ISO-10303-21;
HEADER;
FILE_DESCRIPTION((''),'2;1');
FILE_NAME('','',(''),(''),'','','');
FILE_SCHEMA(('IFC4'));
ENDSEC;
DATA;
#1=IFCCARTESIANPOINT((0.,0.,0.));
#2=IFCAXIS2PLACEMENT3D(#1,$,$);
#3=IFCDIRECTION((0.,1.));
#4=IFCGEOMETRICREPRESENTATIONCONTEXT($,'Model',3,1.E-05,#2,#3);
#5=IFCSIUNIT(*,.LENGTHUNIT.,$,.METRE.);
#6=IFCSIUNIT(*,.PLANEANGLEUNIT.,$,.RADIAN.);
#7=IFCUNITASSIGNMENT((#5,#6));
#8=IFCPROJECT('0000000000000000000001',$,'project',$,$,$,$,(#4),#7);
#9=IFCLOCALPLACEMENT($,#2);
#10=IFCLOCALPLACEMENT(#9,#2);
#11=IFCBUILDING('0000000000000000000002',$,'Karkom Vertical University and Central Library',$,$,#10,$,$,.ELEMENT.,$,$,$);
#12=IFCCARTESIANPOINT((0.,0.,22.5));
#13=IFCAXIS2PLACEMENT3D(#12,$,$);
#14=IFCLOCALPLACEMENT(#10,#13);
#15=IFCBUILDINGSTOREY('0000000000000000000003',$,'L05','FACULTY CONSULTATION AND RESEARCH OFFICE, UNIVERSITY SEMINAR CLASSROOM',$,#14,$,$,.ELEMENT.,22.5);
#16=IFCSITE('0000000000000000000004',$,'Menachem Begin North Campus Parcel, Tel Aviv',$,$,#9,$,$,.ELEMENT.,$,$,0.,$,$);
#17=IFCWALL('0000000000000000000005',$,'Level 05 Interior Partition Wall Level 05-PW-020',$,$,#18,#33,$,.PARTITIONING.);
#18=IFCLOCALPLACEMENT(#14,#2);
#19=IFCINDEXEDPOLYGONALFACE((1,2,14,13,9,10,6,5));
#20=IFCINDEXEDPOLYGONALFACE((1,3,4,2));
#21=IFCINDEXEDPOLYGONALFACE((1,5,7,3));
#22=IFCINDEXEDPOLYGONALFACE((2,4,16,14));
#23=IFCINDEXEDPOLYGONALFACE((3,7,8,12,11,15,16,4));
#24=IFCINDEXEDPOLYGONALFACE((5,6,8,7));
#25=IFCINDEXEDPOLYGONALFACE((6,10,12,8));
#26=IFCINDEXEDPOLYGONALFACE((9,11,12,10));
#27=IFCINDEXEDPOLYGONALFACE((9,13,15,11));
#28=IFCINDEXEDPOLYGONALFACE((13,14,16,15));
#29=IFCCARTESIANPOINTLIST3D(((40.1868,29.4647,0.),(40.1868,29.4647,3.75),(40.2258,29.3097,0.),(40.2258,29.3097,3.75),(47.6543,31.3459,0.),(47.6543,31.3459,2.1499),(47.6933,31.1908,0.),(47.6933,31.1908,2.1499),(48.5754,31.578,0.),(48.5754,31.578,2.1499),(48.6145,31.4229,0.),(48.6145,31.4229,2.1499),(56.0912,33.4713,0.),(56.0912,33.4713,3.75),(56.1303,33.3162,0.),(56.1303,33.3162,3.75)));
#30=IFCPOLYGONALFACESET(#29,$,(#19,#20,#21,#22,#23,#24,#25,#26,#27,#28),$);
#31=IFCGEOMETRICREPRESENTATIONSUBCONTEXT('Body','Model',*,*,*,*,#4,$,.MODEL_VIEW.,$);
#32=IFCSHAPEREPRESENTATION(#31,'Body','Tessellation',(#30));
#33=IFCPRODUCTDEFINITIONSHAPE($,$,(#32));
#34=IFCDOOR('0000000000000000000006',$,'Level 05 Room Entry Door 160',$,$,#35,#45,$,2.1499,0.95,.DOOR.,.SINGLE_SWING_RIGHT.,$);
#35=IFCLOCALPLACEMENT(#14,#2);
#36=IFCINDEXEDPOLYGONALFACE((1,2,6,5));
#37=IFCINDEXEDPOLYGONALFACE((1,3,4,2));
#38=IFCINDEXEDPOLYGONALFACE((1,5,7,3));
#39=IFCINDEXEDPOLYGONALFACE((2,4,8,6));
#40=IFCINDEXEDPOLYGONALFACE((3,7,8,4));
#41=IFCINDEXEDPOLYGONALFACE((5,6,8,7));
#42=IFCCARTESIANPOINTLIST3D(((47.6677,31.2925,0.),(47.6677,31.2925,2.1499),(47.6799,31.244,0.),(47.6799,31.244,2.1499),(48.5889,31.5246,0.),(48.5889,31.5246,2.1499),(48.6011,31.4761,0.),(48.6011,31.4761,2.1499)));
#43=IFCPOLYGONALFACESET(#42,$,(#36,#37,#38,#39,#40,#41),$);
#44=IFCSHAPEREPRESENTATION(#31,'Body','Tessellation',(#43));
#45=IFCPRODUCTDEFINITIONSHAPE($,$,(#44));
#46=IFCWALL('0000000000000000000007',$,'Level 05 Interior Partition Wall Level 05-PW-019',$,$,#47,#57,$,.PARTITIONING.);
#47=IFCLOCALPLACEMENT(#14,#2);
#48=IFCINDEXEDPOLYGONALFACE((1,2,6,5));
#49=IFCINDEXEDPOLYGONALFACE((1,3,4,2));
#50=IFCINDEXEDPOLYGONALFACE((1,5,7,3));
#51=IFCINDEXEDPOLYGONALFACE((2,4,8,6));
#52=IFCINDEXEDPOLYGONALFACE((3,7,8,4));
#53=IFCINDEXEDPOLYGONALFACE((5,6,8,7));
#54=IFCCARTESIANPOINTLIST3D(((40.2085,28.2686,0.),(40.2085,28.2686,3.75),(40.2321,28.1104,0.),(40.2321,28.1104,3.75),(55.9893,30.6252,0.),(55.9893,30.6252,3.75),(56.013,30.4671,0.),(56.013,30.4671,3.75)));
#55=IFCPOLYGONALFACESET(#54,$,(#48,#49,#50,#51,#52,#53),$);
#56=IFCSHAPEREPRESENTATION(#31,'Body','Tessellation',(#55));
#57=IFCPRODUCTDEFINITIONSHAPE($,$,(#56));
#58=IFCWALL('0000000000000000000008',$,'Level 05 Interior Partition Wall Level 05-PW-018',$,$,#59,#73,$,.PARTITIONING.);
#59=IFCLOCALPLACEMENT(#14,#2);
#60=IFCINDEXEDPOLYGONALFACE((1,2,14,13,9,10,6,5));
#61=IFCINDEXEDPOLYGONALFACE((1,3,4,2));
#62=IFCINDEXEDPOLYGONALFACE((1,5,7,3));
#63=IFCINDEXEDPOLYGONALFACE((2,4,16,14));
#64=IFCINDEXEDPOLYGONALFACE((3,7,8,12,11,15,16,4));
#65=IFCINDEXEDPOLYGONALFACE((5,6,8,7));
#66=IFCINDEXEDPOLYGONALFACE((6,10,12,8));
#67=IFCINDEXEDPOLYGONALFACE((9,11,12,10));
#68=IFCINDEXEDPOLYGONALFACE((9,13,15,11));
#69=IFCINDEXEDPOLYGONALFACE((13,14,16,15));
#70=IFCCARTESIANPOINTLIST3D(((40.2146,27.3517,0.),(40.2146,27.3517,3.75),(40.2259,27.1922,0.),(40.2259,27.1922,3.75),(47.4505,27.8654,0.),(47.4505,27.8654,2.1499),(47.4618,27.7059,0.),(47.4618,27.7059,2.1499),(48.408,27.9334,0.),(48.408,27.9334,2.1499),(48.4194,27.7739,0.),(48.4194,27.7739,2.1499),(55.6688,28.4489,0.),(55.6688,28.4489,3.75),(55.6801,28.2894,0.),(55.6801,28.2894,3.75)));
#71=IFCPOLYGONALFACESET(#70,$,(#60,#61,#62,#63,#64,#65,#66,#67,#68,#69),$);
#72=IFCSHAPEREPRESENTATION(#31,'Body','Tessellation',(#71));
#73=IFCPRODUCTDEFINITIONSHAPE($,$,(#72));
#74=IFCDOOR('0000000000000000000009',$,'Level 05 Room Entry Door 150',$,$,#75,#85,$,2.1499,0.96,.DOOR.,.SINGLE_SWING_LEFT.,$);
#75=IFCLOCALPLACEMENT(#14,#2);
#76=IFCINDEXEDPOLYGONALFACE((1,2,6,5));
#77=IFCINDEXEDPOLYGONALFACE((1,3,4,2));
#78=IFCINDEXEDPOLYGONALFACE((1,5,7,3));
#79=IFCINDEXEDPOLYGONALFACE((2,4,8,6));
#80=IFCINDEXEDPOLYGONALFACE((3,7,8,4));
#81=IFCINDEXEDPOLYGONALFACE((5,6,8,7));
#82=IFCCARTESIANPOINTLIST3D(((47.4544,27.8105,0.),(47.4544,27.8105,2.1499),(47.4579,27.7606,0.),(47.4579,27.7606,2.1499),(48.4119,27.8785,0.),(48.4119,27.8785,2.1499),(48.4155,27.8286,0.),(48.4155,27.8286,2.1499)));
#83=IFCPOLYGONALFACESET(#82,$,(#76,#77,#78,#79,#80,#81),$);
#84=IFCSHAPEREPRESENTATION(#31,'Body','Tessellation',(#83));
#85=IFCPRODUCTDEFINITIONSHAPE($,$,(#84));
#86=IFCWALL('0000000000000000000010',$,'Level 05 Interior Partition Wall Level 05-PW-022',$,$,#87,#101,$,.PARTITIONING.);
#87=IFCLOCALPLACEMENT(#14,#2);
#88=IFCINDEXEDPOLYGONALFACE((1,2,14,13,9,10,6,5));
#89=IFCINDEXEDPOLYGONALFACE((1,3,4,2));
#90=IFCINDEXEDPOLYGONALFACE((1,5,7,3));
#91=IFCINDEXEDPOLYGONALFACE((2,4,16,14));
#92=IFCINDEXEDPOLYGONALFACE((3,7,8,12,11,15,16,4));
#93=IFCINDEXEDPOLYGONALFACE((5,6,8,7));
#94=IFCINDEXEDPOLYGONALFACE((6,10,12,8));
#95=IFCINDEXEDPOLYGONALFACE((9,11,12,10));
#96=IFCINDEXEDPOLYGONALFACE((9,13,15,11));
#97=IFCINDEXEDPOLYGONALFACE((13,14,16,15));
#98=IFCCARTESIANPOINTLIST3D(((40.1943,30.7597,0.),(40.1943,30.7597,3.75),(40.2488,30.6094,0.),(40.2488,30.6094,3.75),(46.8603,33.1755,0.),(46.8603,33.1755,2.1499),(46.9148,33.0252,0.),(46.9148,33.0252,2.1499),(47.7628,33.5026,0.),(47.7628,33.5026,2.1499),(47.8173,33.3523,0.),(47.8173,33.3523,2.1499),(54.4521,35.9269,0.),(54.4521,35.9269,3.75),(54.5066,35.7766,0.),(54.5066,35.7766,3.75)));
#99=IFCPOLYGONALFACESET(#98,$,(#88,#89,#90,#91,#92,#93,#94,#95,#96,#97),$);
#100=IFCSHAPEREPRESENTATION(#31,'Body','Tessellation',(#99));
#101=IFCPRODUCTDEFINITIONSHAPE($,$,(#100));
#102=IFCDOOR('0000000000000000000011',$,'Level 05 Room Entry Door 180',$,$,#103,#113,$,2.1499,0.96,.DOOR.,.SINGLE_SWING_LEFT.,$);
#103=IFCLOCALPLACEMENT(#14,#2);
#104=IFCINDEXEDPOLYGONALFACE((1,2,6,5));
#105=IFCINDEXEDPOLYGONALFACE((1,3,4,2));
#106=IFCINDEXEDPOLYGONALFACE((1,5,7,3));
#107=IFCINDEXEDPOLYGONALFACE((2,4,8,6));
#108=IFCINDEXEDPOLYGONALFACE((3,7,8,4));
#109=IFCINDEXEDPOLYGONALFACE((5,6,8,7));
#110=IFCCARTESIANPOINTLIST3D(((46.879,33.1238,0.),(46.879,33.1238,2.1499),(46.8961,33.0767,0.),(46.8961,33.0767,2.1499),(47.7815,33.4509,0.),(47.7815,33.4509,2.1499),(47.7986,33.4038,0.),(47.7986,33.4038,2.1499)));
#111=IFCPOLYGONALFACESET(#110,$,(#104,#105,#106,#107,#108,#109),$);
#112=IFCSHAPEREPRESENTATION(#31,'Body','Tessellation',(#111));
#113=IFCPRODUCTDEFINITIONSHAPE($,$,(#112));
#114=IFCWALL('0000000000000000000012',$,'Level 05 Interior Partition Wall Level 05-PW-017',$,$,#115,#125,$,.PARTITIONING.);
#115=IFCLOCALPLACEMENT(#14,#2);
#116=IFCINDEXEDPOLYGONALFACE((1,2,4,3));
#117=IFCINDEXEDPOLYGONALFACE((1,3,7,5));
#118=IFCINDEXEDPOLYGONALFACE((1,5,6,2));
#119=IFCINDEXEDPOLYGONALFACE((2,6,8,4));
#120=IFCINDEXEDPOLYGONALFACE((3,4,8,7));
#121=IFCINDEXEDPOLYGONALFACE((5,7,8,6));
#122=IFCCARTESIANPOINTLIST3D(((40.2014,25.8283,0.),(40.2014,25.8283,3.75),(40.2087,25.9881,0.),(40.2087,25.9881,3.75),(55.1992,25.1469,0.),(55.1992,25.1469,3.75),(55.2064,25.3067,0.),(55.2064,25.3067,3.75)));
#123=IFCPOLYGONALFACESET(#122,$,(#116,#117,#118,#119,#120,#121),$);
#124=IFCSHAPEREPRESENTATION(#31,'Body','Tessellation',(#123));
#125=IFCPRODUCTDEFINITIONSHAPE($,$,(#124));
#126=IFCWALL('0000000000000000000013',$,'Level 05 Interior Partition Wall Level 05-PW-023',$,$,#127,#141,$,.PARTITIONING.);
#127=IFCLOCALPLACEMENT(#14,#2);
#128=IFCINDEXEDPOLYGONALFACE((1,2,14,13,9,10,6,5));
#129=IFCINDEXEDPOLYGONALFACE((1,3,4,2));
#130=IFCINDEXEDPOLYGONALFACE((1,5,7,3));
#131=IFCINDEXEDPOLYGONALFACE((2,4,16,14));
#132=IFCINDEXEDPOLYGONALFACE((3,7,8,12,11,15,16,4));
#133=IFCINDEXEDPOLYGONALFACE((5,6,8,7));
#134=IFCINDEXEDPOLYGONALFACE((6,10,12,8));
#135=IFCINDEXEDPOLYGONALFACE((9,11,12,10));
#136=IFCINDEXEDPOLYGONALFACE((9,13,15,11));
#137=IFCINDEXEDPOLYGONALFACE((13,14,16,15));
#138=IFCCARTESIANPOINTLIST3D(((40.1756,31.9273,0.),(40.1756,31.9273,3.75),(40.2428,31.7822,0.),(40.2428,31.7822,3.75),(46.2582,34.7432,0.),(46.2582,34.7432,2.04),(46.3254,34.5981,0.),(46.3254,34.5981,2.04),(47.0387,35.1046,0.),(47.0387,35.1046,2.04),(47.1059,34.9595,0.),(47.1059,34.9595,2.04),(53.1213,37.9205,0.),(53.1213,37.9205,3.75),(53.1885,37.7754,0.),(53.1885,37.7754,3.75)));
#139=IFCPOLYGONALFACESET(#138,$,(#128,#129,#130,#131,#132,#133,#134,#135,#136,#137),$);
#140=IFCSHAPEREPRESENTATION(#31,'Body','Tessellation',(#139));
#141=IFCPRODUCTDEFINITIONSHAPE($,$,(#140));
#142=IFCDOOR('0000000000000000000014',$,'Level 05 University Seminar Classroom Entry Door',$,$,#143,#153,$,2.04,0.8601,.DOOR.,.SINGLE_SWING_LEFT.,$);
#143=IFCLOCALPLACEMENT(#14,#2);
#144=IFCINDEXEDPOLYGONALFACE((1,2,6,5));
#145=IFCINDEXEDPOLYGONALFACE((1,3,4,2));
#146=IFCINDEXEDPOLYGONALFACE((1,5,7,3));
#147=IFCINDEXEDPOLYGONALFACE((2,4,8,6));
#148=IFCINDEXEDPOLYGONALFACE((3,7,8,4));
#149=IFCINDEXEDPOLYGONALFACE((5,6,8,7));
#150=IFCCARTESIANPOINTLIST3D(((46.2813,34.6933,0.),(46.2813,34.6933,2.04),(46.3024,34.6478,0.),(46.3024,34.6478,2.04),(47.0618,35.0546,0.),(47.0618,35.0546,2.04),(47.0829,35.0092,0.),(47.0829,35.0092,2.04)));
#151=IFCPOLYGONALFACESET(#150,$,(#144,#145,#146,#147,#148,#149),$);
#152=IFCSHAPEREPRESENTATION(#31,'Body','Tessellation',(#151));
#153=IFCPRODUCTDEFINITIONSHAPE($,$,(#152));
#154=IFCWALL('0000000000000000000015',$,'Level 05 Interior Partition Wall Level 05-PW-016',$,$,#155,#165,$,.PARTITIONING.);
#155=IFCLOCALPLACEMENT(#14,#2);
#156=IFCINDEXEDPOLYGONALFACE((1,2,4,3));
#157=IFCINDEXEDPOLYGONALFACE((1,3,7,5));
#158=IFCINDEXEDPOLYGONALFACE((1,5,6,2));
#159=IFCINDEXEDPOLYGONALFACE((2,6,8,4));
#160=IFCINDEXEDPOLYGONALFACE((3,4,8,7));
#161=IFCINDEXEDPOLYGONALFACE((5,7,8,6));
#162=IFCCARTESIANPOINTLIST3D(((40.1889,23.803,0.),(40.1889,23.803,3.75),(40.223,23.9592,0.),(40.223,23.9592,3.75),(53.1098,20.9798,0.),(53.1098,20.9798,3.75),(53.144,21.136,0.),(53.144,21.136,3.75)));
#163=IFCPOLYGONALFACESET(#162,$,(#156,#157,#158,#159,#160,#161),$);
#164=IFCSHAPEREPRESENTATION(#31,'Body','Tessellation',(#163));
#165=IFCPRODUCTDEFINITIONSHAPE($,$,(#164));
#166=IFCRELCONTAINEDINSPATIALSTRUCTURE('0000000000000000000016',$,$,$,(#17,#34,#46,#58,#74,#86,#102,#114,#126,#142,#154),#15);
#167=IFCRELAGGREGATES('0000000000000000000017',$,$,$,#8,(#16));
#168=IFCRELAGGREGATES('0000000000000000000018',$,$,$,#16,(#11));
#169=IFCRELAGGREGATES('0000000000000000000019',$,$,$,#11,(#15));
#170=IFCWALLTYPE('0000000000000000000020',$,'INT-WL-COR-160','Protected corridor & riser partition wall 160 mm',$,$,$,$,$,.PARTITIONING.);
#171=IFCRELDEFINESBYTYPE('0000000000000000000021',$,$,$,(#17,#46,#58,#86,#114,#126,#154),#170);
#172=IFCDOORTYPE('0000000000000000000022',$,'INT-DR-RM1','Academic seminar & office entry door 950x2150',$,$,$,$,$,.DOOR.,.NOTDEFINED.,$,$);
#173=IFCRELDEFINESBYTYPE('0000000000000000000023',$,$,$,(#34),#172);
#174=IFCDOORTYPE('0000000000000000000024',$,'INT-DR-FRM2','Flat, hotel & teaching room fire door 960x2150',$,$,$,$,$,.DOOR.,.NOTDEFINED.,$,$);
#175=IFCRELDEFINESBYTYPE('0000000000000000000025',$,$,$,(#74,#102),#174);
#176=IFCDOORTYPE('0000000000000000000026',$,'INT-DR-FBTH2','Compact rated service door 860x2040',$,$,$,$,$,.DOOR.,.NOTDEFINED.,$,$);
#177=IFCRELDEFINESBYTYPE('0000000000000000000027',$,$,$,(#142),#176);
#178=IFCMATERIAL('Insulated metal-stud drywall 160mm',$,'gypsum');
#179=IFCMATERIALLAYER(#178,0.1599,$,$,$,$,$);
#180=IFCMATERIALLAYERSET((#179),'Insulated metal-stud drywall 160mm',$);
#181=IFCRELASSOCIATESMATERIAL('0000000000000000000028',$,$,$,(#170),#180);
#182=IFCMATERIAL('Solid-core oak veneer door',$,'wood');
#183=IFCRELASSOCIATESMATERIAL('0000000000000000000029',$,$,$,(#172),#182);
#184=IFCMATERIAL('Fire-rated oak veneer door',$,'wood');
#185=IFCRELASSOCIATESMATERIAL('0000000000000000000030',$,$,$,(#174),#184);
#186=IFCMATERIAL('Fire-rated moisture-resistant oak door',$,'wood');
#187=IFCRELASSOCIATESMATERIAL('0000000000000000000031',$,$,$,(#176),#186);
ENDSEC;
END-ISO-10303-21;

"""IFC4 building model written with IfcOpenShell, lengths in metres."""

from ifc_helpers import new_model, si_unit, direction, frame, frame_2d, origin, origin_with_axes, place, context, subcontext, project, spatial, rectangle, extrude, source, transform, mapped, material, layer, layer_set, type_object, element, fill, save


model = new_model("IFC4")

# Units and contexts
model_context = context("Model", 3, precision=1e-05, world=origin(), true_north=direction((0.0, 1.0)))
body_context = subcontext(model_context, "Body", "Model", "MODEL_VIEW")
ifc_project = project(units=[si_unit("LENGTHUNIT", "METRE"), si_unit("PLANEANGLEUNIT", "RADIAN")], contexts=[model_context])

# Site, building, storey
site_placement = place(None, origin())
site = spatial("IfcSite", under=ifc_project, at=site_placement, Name="Menachem Begin North Campus Parcel, Tel Aviv", CompositionType="ELEMENT", RefElevation=0.0)
building_placement = place(site_placement, origin())
building = spatial("IfcBuilding", under=site, at=building_placement, Name="Karkom Vertical University and Central Library", CompositionType="ELEMENT")
storey_placement = place(building_placement, frame((0.0, 0.0, 22.5)))
storey = spatial("IfcBuildingStorey", under=building, at=storey_placement, Name="L05", Description="FACULTY CONSULTATION AND RESEARCH OFFICE, UNIVERSITY SEMINAR CLASSROOM", CompositionType="ELEMENT", Elevation=22.5)

# Wall, opening, door
ifc_material_1 = material(Name="Insulated metal-stud drywall 160mm", Category="gypsum")
ifc_layer_1 = layer(ifc_material_1, 0.1599)
ifc_layer_set_1 = layer_set([ifc_layer_1], Name="Insulated metal-stud drywall 160mm")
wall_type_1 = type_object("IfcWallType", Name="INT-WL-COR-160", Description="Protected corridor & riser partition wall 160 mm", PredefinedType="PARTITIONING", material=ifc_layer_set_1)
wall_1_placement = place(storey_placement, frame((40.2063, 29.3872, 0.0), z_axis=(0.0, 0.0, 1.0), x_axis=(0.969704, 0.244283, 0.0)))
wall_1 = element("IfcWall", 1, at=wall_1_placement, inside=storey, type_object=wall_type_1, Name="Level 05 Interior Partition Wall Level 05-PW-020", PredefinedType="PARTITIONING", context=body_context, shape_type="SweptSolid", body=[
    extrude(rectangle(XDim=16.4014, YDim=0.1599, at=frame_2d((8.2007, 0.0))), origin(), (0.0, 0.0, 1.0), 3.75),
])
opening_1_placement = place(wall_1_placement, frame((7.7007, 0.0, 0.0)))
opening_1 = element("IfcOpeningElement", 2, at=opening_1_placement, cuts=wall_1, PredefinedType="OPENING", context=body_context, shape_type="SweptSolid", body=[
    extrude(rectangle(XDim=0.95, YDim=2.1499, at=frame_2d((0.4751, 1.075))), frame((0.0, 0.0898, 0.0), z_axis=(0.0, -1.0, 0.0), x_axis=(1.0, 0.0, 0.0)), (0.0, 0.0, 1.0), 0.1799),
])
ifc_material_2 = material(Name="Solid-core oak veneer door", Category="wood")
door_type_1 = type_object("IfcDoorType", Name="INT-DR-RM1", Description="Academic seminar & office entry door 950x2150", OperationType="NOTDEFINED", PredefinedType="DOOR", material=ifc_material_2)
shared_shape_1 = source(origin_with_axes(), body_context, "Body", "SweptSolid", [
    extrude(rectangle(XDim=0.95, YDim=2.1499, at=frame_2d((0.4751, 1.075))), frame((0.0, 0.0249, 0.0), z_axis=(0.0, -1.0, 0.0), x_axis=(1.0, 0.0, 0.0)), (0.0, 0.0, 1.0), 0.05),
])
door_1_placement = place(opening_1_placement, origin())
door_1 = element("IfcDoor", 3, at=door_1_placement, inside=storey, type_object=door_type_1, Name="Level 05 Room Entry Door 160", OperationType="SINGLE_SWING_RIGHT", OverallHeight=2.1499, OverallWidth=0.95, PredefinedType="DOOR", context=body_context, shape_type="MappedRepresentation", body=[
    mapped(shared_shape_1, transform((0.0, 0.0, 0.0), scale=1.0)),
])
fill(opening_1, door_1)

# Wall
wall_2_placement = place(storey_placement, frame((40.2202, 28.1895, 0.0), z_axis=(0.0, 0.0, 1.0), x_axis=(0.989032, 0.147701, 0.0)))
element("IfcWall", 4, at=wall_2_placement, inside=storey, type_object=wall_type_1, Name="Level 05 Interior Partition Wall Level 05-PW-019", PredefinedType="PARTITIONING", context=body_context, shape_type="SweptSolid", body=[
    extrude(rectangle(XDim=15.9558, YDim=0.1599, at=frame_2d((7.978, 0.0))), origin(), (0.0, 0.0, 1.0), 3.75),
])

# Walls, openings, doors
wall_3_placement = place(storey_placement, frame((40.2202, 27.272, 0.0), z_axis=(0.0, 0.0, 1.0), x_axis=(0.997489, 0.070816, 0.0)))
wall_3 = element("IfcWall", 5, at=wall_3_placement, inside=storey, type_object=wall_type_1, Name="Level 05 Interior Partition Wall Level 05-PW-018", PredefinedType="PARTITIONING", context=body_context, shape_type="SweptSolid", body=[
    extrude(rectangle(XDim=15.4932, YDim=0.1599, at=frame_2d((7.7466, 0.0))), origin(), (0.0, 0.0, 1.0), 3.75),
])
opening_2_placement = place(wall_3_placement, frame((7.2542, 0.0, 0.0)))
opening_2 = element("IfcOpeningElement", 6, at=opening_2_placement, cuts=wall_3, PredefinedType="OPENING", context=body_context, shape_type="SweptSolid", body=[
    extrude(rectangle(XDim=0.96, YDim=2.1499, at=frame_2d((0.48, 1.075))), frame((0.0, 0.0898, 0.0), z_axis=(0.0, -1.0, 0.0), x_axis=(1.0, 0.0, 0.0)), (0.0, 0.0, 1.0), 0.1799),
])
ifc_material_3 = material(Name="Fire-rated oak veneer door", Category="wood")
door_type_2 = type_object("IfcDoorType", Name="INT-DR-FRM2", Description="Flat, hotel & teaching room fire door 960x2150", OperationType="NOTDEFINED", PredefinedType="DOOR", material=ifc_material_3)
shared_shape_2 = source(origin_with_axes(), body_context, "Body", "SweptSolid", [
    extrude(rectangle(XDim=0.96, YDim=2.1499, at=frame_2d((0.48, 1.075))), frame((0.0, 0.0249, 0.0), z_axis=(0.0, -1.0, 0.0), x_axis=(1.0, 0.0, 0.0)), (0.0, 0.0, 1.0), 0.05),
])
door_2_placement = place(opening_2_placement, origin())
door_2 = element("IfcDoor", 7, at=door_2_placement, inside=storey, type_object=door_type_2, Name="Level 05 Room Entry Door 150", OperationType="SINGLE_SWING_LEFT", OverallHeight=2.1499, OverallWidth=0.96, PredefinedType="DOOR", context=body_context, shape_type="MappedRepresentation", body=[
    mapped(shared_shape_2, transform((0.0, 0.0, 0.0), scale=1.0)),
])
fill(opening_2, door_2)
wall_4_placement = place(storey_placement, frame((40.2217, 30.6846, 0.0), z_axis=(0.0, 0.0, 1.0), x_axis=(0.940162, 0.340728, 0.0)))
wall_4 = element("IfcWall", 8, at=wall_4_placement, inside=storey, type_object=wall_type_1, Name="Level 05 Interior Partition Wall Level 05-PW-022", PredefinedType="PARTITIONING", context=body_context, shape_type="SweptSolid", body=[
    extrude(rectangle(XDim=15.1653, YDim=0.1599, at=frame_2d((7.5825, 0.0))), origin(), (0.0, 0.0, 1.0), 3.75),
])
opening_3_placement = place(wall_4_placement, frame((7.0901, 0.0, 0.0)))
opening_3 = element("IfcOpeningElement", 9, at=opening_3_placement, cuts=wall_4, PredefinedType="OPENING", context=body_context, shape_type="SweptSolid", body=[
    extrude(rectangle(XDim=0.96, YDim=2.1499, at=frame_2d((0.48, 1.075))), frame((0.0, 0.0898, 0.0), z_axis=(0.0, -1.0, 0.0), x_axis=(1.0, 0.0, 0.0)), (0.0, 0.0, 1.0), 0.1799),
])
door_3_placement = place(opening_3_placement, origin())
door_3 = element("IfcDoor", 10, at=door_3_placement, inside=storey, type_object=door_type_2, Name="Level 05 Room Entry Door 180", OperationType="SINGLE_SWING_LEFT", OverallHeight=2.1499, OverallWidth=0.96, PredefinedType="DOOR", context=body_context, shape_type="MappedRepresentation", body=[
    mapped(shared_shape_2, transform((0.0, 0.0, 0.0), scale=1.0)),
])
fill(opening_3, door_3)

# Wall
wall_5_placement = place(storey_placement, frame((40.2051, 25.9082, 0.0), z_axis=(0.0, 0.0, 1.0), x_axis=(0.99897, -0.045386, 0.0)))
element("IfcWall", 11, at=wall_5_placement, inside=storey, type_object=wall_type_1, Name="Level 05 Interior Partition Wall Level 05-PW-017", PredefinedType="PARTITIONING", context=body_context, shape_type="SweptSolid", body=[
    extrude(rectangle(XDim=15.0132, YDim=0.1599, at=frame_2d((7.5066, 0.0))), origin(), (0.0, 0.0, 1.0), 3.75),
])

# Wall, opening, door
wall_6_placement = place(storey_placement, frame((40.2092, 31.8547, 0.0), z_axis=(0.0, 0.0, 1.0), x_axis=(0.907471, 0.420115, 0.0)))
wall_6 = element("IfcWall", 12, at=wall_6_placement, inside=storey, type_object=wall_type_1, Name="Level 05 Interior Partition Wall Level 05-PW-023", PredefinedType="PARTITIONING", context=body_context, shape_type="SweptSolid", body=[
    extrude(rectangle(XDim=14.2656, YDim=0.1599, at=frame_2d((7.1328, 0.0))), origin(), (0.0, 0.0, 1.0), 3.75),
])
opening_4_placement = place(wall_6_placement, frame((6.7026, 0.0, 0.0)))
opening_4 = element("IfcOpeningElement", 13, at=opening_4_placement, cuts=wall_6, PredefinedType="OPENING", context=body_context, shape_type="SweptSolid", body=[
    extrude(rectangle(XDim=0.8601, YDim=2.04, at=frame_2d((0.4302, 1.02))), frame((0.0, 0.0898, 0.0), z_axis=(0.0, -1.0, 0.0), x_axis=(1.0, 0.0, 0.0)), (0.0, 0.0, 1.0), 0.1799),
])
ifc_material_4 = material(Name="Fire-rated moisture-resistant oak door", Category="wood")
door_type_3 = type_object("IfcDoorType", Name="INT-DR-FBTH2", Description="Compact rated service door 860x2040", OperationType="NOTDEFINED", PredefinedType="DOOR", material=ifc_material_4)
shared_shape_3 = source(origin_with_axes(), body_context, "Body", "SweptSolid", [
    extrude(rectangle(XDim=0.8601, YDim=2.04, at=frame_2d((0.4302, 1.02))), frame((0.0, 0.0249, 0.0), z_axis=(0.0, -1.0, 0.0), x_axis=(1.0, 0.0, 0.0)), (0.0, 0.0, 1.0), 0.05),
])
door_4_placement = place(opening_4_placement, origin())
door_4 = element("IfcDoor", 14, at=door_4_placement, inside=storey, type_object=door_type_3, Name="Level 05 University Seminar Classroom Entry Door", OperationType="SINGLE_SWING_LEFT", OverallHeight=2.04, OverallWidth=0.8601, PredefinedType="DOOR", context=body_context, shape_type="MappedRepresentation", body=[
    mapped(shared_shape_3, transform((0.0, 0.0, 0.0), scale=1.0)),
])
fill(opening_4, door_4)

# Wall
wall_7_placement = place(storey_placement, frame((40.2061, 23.8811, 0.0), z_axis=(0.0, 0.0, 1.0), x_axis=(0.976951, -0.213466, 0.0)))
element("IfcWall", 15, at=wall_7_placement, inside=storey, type_object=wall_type_1, Name="Level 05 Interior Partition Wall Level 05-PW-016", PredefinedType="PARTITIONING", context=body_context, shape_type="SweptSolid", body=[
    extrude(rectangle(XDim=13.2258, YDim=0.1599, at=frame_2d((6.6128, 0.0))), origin(), (0.0, 0.0, 1.0), 3.75),
])

save(model, "model.ifc")
